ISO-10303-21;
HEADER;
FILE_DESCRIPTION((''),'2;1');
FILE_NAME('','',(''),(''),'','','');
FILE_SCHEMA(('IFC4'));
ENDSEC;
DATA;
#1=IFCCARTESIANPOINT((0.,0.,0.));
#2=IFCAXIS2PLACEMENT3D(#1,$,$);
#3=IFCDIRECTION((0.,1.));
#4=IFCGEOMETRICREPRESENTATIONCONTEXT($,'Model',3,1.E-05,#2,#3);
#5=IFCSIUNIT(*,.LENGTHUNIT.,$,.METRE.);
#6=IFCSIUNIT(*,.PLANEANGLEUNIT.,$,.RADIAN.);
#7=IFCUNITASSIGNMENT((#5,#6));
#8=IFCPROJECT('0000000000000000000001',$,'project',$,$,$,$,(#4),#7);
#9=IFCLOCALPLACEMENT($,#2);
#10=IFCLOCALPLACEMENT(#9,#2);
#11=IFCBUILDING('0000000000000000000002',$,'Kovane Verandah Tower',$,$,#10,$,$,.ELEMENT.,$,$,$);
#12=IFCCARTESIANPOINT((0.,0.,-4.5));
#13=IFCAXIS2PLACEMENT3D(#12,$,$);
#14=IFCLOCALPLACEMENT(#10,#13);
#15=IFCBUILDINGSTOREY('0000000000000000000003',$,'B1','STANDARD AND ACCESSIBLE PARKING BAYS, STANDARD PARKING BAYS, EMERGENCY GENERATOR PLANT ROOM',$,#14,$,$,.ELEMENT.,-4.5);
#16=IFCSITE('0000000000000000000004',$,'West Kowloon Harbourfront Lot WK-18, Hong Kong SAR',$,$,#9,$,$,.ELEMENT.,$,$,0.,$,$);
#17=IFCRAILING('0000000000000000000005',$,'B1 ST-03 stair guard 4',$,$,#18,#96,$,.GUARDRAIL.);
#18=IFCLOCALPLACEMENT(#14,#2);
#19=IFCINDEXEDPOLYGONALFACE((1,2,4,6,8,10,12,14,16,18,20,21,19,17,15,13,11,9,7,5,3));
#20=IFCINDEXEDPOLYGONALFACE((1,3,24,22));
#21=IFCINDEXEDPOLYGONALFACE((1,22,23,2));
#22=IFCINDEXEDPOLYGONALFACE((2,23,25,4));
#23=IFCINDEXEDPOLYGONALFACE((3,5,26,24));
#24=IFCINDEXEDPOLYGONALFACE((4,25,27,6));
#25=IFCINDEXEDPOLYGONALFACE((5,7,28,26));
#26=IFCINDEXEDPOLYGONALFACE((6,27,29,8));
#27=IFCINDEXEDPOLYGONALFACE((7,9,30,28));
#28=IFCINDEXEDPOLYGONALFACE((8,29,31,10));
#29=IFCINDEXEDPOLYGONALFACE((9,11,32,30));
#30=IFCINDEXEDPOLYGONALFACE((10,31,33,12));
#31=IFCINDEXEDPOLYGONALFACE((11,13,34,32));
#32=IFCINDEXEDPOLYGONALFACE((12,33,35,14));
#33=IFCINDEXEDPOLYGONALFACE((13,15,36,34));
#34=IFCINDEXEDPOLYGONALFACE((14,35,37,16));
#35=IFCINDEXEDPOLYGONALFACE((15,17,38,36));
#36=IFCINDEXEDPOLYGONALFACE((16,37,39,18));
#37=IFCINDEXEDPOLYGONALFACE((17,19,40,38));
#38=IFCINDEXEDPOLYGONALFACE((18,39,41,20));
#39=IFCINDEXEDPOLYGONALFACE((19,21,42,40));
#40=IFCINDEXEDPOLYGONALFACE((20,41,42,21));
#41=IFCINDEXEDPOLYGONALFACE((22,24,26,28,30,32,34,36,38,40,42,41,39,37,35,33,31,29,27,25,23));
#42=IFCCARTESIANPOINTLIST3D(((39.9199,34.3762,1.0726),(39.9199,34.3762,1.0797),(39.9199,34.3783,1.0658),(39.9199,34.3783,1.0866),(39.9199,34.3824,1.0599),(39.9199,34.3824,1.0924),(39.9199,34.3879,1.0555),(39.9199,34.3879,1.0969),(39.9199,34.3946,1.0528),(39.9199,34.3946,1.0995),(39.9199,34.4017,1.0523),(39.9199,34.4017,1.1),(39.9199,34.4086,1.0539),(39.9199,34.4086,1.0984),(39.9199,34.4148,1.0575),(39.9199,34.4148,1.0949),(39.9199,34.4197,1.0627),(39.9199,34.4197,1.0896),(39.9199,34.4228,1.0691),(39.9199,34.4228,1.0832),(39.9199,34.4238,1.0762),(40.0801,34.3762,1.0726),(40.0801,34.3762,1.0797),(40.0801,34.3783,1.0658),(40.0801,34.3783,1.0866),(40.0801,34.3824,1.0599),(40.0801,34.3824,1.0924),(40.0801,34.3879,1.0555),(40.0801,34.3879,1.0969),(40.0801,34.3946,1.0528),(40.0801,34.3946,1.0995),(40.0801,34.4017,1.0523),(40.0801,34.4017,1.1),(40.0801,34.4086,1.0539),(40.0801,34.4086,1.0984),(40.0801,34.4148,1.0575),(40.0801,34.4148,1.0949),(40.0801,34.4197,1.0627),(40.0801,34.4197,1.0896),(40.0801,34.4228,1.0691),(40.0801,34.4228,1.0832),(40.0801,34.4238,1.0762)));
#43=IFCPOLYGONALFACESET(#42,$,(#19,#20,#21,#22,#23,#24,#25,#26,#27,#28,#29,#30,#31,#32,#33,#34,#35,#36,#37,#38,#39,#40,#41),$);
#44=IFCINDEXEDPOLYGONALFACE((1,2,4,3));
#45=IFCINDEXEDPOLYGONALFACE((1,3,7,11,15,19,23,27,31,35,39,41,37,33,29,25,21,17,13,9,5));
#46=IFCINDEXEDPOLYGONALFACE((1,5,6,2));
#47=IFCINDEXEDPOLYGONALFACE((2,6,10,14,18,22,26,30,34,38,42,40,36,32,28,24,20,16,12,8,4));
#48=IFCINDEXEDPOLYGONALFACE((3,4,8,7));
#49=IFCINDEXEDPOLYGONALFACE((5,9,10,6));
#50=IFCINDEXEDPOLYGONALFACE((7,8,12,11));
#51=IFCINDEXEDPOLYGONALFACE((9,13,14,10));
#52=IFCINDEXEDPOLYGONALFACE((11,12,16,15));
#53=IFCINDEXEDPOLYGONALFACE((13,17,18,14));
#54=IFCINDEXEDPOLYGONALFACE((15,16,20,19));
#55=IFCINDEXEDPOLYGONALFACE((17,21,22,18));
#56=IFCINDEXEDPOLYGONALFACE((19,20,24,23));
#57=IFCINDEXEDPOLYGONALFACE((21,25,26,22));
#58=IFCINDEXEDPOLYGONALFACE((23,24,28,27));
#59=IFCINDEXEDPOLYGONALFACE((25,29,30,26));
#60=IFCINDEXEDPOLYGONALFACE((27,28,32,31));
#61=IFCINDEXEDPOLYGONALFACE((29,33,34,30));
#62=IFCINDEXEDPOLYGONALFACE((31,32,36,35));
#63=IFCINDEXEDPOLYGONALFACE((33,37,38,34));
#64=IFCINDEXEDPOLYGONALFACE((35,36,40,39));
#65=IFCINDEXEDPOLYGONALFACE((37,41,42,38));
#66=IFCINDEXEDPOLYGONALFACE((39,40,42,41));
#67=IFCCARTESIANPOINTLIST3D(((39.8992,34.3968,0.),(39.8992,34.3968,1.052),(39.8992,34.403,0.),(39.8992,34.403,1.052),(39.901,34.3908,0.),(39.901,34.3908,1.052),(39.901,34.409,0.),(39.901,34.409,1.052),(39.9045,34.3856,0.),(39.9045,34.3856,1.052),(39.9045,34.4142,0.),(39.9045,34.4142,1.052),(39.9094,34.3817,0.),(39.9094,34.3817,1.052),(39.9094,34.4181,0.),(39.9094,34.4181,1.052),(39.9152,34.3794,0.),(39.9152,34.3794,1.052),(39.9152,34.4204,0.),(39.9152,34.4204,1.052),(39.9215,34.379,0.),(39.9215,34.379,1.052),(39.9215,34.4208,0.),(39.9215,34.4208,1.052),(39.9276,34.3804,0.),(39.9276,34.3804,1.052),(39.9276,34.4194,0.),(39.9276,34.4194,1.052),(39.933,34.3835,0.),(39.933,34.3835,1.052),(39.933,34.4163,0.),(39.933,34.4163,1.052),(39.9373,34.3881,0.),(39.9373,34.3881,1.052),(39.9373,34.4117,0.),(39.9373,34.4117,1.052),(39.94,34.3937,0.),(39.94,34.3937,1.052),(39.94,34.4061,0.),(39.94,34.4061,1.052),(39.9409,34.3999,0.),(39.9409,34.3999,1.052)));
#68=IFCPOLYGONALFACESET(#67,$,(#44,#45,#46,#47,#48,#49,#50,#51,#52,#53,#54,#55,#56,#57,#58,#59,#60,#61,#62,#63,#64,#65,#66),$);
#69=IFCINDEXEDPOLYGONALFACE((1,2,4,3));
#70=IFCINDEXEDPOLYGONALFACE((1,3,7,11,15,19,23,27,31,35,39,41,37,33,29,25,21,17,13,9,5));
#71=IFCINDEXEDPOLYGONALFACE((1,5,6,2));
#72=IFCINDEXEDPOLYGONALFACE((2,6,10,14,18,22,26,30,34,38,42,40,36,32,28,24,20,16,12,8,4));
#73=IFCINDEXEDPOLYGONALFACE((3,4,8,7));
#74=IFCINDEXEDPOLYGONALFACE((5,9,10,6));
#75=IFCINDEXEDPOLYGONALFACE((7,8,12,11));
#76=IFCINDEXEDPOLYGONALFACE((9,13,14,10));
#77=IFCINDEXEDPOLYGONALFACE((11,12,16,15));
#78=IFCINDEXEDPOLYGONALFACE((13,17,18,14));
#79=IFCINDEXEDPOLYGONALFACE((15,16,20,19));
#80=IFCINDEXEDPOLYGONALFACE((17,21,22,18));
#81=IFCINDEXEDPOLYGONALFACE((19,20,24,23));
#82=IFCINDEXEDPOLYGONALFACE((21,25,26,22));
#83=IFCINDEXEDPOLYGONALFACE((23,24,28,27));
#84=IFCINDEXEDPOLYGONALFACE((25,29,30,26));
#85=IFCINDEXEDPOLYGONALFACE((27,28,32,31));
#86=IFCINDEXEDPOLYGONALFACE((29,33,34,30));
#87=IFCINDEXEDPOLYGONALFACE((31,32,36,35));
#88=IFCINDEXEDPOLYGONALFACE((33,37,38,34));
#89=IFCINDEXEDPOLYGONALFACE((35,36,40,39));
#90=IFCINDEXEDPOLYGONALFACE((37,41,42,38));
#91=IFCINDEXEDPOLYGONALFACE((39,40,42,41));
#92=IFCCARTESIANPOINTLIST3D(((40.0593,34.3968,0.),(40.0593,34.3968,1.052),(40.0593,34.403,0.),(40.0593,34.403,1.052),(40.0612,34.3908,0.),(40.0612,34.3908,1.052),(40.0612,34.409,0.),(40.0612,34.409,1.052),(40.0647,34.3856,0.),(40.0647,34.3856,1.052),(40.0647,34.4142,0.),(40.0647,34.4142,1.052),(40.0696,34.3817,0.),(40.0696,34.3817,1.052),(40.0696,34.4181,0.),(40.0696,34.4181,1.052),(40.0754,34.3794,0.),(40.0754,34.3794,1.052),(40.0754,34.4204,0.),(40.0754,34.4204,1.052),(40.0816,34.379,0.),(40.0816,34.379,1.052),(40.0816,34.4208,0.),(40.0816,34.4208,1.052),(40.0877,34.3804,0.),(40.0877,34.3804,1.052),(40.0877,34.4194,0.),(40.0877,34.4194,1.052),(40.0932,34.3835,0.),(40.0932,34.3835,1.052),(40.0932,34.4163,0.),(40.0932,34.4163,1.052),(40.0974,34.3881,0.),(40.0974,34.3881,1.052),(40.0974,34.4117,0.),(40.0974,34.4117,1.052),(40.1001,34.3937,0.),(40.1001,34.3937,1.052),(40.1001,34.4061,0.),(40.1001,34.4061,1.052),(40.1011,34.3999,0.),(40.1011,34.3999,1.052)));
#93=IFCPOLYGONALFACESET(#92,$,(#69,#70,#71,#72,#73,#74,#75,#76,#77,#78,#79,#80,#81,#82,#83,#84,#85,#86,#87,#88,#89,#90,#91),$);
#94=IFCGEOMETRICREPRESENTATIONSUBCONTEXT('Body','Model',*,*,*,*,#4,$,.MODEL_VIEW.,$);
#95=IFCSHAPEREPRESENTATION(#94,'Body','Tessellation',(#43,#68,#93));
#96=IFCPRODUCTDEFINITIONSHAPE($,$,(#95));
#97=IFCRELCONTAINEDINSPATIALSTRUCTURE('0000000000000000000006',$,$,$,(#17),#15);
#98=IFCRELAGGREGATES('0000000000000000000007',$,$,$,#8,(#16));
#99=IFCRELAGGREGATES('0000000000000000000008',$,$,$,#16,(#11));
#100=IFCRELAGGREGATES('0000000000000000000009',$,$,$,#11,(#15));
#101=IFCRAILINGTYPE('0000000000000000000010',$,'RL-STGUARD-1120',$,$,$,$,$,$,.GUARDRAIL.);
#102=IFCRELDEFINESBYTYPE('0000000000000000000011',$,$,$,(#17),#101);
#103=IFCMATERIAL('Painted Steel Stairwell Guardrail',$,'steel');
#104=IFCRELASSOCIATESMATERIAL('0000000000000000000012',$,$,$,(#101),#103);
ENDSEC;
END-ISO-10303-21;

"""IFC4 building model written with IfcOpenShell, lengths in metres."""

from ifc_helpers import new_model, si_unit, direction, frame, origin, origin_2d, place, context, subcontext, project, spatial, circle, extrude, material, type_object, element, save


model = new_model("IFC4")

# Units and contexts
model_context = context("Model", 3, precision=1e-05, world=origin(), true_north=direction((0.0, 1.0)))
body_context = subcontext(model_context, "Body", "Model", "MODEL_VIEW")
ifc_project = project(units=[si_unit("LENGTHUNIT", "METRE"), si_unit("PLANEANGLEUNIT", "RADIAN")], contexts=[model_context])

# Site, building, storey
site_placement = place(None, origin())
site = spatial("IfcSite", under=ifc_project, at=site_placement, Name="West Kowloon Harbourfront Lot WK-18, Hong Kong SAR", CompositionType="ELEMENT", RefElevation=0.0)
building_placement = place(site_placement, origin())
building = spatial("IfcBuilding", under=site, at=building_placement, Name="Kovane Verandah Tower", CompositionType="ELEMENT")
storey_placement = place(building_placement, frame((0.0, 0.0, -4.5)))
storey = spatial("IfcBuildingStorey", under=building, at=storey_placement, Name="B1", Description="STANDARD AND ACCESSIBLE PARKING BAYS, STANDARD PARKING BAYS, EMERGENCY GENERATOR PLANT ROOM", CompositionType="ELEMENT", Elevation=-4.5)

# Railing
ifc_material_1 = material(Name="Painted Steel Stairwell Guardrail", Category="steel")
railing_type_1 = type_object("IfcRailingType", Name="RL-STGUARD-1120", PredefinedType="GUARDRAIL", material=ifc_material_1)
railing_1_placement = place(storey_placement, frame((39.9199, 34.3999, 0.0)))
element("IfcRailing", 1, at=railing_1_placement, inside=storey, type_object=railing_type_1, Name="B1 ST-03 stair guard 4", PredefinedType="GUARDRAIL", context=body_context, shape_type="SweptSolid", body=[
    extrude(circle(Radius=0.0239, at=origin_2d()), frame((0.0, 0.0, 1.0762), z_axis=(1.0, 0.0, 0.0), x_axis=(0.0, 1.0, 0.0)), (0.0, 0.0, 1.0), 0.1602),
    extrude(circle(Radius=0.021, at=origin_2d()), origin(), (0.0, 0.0, 1.0), 1.052),
    extrude(circle(Radius=0.021, at=origin_2d()), frame((0.1602, 0.0, 0.0)), (0.0, 0.0, 1.0), 1.052),
])

save(model, "model.ifc")
